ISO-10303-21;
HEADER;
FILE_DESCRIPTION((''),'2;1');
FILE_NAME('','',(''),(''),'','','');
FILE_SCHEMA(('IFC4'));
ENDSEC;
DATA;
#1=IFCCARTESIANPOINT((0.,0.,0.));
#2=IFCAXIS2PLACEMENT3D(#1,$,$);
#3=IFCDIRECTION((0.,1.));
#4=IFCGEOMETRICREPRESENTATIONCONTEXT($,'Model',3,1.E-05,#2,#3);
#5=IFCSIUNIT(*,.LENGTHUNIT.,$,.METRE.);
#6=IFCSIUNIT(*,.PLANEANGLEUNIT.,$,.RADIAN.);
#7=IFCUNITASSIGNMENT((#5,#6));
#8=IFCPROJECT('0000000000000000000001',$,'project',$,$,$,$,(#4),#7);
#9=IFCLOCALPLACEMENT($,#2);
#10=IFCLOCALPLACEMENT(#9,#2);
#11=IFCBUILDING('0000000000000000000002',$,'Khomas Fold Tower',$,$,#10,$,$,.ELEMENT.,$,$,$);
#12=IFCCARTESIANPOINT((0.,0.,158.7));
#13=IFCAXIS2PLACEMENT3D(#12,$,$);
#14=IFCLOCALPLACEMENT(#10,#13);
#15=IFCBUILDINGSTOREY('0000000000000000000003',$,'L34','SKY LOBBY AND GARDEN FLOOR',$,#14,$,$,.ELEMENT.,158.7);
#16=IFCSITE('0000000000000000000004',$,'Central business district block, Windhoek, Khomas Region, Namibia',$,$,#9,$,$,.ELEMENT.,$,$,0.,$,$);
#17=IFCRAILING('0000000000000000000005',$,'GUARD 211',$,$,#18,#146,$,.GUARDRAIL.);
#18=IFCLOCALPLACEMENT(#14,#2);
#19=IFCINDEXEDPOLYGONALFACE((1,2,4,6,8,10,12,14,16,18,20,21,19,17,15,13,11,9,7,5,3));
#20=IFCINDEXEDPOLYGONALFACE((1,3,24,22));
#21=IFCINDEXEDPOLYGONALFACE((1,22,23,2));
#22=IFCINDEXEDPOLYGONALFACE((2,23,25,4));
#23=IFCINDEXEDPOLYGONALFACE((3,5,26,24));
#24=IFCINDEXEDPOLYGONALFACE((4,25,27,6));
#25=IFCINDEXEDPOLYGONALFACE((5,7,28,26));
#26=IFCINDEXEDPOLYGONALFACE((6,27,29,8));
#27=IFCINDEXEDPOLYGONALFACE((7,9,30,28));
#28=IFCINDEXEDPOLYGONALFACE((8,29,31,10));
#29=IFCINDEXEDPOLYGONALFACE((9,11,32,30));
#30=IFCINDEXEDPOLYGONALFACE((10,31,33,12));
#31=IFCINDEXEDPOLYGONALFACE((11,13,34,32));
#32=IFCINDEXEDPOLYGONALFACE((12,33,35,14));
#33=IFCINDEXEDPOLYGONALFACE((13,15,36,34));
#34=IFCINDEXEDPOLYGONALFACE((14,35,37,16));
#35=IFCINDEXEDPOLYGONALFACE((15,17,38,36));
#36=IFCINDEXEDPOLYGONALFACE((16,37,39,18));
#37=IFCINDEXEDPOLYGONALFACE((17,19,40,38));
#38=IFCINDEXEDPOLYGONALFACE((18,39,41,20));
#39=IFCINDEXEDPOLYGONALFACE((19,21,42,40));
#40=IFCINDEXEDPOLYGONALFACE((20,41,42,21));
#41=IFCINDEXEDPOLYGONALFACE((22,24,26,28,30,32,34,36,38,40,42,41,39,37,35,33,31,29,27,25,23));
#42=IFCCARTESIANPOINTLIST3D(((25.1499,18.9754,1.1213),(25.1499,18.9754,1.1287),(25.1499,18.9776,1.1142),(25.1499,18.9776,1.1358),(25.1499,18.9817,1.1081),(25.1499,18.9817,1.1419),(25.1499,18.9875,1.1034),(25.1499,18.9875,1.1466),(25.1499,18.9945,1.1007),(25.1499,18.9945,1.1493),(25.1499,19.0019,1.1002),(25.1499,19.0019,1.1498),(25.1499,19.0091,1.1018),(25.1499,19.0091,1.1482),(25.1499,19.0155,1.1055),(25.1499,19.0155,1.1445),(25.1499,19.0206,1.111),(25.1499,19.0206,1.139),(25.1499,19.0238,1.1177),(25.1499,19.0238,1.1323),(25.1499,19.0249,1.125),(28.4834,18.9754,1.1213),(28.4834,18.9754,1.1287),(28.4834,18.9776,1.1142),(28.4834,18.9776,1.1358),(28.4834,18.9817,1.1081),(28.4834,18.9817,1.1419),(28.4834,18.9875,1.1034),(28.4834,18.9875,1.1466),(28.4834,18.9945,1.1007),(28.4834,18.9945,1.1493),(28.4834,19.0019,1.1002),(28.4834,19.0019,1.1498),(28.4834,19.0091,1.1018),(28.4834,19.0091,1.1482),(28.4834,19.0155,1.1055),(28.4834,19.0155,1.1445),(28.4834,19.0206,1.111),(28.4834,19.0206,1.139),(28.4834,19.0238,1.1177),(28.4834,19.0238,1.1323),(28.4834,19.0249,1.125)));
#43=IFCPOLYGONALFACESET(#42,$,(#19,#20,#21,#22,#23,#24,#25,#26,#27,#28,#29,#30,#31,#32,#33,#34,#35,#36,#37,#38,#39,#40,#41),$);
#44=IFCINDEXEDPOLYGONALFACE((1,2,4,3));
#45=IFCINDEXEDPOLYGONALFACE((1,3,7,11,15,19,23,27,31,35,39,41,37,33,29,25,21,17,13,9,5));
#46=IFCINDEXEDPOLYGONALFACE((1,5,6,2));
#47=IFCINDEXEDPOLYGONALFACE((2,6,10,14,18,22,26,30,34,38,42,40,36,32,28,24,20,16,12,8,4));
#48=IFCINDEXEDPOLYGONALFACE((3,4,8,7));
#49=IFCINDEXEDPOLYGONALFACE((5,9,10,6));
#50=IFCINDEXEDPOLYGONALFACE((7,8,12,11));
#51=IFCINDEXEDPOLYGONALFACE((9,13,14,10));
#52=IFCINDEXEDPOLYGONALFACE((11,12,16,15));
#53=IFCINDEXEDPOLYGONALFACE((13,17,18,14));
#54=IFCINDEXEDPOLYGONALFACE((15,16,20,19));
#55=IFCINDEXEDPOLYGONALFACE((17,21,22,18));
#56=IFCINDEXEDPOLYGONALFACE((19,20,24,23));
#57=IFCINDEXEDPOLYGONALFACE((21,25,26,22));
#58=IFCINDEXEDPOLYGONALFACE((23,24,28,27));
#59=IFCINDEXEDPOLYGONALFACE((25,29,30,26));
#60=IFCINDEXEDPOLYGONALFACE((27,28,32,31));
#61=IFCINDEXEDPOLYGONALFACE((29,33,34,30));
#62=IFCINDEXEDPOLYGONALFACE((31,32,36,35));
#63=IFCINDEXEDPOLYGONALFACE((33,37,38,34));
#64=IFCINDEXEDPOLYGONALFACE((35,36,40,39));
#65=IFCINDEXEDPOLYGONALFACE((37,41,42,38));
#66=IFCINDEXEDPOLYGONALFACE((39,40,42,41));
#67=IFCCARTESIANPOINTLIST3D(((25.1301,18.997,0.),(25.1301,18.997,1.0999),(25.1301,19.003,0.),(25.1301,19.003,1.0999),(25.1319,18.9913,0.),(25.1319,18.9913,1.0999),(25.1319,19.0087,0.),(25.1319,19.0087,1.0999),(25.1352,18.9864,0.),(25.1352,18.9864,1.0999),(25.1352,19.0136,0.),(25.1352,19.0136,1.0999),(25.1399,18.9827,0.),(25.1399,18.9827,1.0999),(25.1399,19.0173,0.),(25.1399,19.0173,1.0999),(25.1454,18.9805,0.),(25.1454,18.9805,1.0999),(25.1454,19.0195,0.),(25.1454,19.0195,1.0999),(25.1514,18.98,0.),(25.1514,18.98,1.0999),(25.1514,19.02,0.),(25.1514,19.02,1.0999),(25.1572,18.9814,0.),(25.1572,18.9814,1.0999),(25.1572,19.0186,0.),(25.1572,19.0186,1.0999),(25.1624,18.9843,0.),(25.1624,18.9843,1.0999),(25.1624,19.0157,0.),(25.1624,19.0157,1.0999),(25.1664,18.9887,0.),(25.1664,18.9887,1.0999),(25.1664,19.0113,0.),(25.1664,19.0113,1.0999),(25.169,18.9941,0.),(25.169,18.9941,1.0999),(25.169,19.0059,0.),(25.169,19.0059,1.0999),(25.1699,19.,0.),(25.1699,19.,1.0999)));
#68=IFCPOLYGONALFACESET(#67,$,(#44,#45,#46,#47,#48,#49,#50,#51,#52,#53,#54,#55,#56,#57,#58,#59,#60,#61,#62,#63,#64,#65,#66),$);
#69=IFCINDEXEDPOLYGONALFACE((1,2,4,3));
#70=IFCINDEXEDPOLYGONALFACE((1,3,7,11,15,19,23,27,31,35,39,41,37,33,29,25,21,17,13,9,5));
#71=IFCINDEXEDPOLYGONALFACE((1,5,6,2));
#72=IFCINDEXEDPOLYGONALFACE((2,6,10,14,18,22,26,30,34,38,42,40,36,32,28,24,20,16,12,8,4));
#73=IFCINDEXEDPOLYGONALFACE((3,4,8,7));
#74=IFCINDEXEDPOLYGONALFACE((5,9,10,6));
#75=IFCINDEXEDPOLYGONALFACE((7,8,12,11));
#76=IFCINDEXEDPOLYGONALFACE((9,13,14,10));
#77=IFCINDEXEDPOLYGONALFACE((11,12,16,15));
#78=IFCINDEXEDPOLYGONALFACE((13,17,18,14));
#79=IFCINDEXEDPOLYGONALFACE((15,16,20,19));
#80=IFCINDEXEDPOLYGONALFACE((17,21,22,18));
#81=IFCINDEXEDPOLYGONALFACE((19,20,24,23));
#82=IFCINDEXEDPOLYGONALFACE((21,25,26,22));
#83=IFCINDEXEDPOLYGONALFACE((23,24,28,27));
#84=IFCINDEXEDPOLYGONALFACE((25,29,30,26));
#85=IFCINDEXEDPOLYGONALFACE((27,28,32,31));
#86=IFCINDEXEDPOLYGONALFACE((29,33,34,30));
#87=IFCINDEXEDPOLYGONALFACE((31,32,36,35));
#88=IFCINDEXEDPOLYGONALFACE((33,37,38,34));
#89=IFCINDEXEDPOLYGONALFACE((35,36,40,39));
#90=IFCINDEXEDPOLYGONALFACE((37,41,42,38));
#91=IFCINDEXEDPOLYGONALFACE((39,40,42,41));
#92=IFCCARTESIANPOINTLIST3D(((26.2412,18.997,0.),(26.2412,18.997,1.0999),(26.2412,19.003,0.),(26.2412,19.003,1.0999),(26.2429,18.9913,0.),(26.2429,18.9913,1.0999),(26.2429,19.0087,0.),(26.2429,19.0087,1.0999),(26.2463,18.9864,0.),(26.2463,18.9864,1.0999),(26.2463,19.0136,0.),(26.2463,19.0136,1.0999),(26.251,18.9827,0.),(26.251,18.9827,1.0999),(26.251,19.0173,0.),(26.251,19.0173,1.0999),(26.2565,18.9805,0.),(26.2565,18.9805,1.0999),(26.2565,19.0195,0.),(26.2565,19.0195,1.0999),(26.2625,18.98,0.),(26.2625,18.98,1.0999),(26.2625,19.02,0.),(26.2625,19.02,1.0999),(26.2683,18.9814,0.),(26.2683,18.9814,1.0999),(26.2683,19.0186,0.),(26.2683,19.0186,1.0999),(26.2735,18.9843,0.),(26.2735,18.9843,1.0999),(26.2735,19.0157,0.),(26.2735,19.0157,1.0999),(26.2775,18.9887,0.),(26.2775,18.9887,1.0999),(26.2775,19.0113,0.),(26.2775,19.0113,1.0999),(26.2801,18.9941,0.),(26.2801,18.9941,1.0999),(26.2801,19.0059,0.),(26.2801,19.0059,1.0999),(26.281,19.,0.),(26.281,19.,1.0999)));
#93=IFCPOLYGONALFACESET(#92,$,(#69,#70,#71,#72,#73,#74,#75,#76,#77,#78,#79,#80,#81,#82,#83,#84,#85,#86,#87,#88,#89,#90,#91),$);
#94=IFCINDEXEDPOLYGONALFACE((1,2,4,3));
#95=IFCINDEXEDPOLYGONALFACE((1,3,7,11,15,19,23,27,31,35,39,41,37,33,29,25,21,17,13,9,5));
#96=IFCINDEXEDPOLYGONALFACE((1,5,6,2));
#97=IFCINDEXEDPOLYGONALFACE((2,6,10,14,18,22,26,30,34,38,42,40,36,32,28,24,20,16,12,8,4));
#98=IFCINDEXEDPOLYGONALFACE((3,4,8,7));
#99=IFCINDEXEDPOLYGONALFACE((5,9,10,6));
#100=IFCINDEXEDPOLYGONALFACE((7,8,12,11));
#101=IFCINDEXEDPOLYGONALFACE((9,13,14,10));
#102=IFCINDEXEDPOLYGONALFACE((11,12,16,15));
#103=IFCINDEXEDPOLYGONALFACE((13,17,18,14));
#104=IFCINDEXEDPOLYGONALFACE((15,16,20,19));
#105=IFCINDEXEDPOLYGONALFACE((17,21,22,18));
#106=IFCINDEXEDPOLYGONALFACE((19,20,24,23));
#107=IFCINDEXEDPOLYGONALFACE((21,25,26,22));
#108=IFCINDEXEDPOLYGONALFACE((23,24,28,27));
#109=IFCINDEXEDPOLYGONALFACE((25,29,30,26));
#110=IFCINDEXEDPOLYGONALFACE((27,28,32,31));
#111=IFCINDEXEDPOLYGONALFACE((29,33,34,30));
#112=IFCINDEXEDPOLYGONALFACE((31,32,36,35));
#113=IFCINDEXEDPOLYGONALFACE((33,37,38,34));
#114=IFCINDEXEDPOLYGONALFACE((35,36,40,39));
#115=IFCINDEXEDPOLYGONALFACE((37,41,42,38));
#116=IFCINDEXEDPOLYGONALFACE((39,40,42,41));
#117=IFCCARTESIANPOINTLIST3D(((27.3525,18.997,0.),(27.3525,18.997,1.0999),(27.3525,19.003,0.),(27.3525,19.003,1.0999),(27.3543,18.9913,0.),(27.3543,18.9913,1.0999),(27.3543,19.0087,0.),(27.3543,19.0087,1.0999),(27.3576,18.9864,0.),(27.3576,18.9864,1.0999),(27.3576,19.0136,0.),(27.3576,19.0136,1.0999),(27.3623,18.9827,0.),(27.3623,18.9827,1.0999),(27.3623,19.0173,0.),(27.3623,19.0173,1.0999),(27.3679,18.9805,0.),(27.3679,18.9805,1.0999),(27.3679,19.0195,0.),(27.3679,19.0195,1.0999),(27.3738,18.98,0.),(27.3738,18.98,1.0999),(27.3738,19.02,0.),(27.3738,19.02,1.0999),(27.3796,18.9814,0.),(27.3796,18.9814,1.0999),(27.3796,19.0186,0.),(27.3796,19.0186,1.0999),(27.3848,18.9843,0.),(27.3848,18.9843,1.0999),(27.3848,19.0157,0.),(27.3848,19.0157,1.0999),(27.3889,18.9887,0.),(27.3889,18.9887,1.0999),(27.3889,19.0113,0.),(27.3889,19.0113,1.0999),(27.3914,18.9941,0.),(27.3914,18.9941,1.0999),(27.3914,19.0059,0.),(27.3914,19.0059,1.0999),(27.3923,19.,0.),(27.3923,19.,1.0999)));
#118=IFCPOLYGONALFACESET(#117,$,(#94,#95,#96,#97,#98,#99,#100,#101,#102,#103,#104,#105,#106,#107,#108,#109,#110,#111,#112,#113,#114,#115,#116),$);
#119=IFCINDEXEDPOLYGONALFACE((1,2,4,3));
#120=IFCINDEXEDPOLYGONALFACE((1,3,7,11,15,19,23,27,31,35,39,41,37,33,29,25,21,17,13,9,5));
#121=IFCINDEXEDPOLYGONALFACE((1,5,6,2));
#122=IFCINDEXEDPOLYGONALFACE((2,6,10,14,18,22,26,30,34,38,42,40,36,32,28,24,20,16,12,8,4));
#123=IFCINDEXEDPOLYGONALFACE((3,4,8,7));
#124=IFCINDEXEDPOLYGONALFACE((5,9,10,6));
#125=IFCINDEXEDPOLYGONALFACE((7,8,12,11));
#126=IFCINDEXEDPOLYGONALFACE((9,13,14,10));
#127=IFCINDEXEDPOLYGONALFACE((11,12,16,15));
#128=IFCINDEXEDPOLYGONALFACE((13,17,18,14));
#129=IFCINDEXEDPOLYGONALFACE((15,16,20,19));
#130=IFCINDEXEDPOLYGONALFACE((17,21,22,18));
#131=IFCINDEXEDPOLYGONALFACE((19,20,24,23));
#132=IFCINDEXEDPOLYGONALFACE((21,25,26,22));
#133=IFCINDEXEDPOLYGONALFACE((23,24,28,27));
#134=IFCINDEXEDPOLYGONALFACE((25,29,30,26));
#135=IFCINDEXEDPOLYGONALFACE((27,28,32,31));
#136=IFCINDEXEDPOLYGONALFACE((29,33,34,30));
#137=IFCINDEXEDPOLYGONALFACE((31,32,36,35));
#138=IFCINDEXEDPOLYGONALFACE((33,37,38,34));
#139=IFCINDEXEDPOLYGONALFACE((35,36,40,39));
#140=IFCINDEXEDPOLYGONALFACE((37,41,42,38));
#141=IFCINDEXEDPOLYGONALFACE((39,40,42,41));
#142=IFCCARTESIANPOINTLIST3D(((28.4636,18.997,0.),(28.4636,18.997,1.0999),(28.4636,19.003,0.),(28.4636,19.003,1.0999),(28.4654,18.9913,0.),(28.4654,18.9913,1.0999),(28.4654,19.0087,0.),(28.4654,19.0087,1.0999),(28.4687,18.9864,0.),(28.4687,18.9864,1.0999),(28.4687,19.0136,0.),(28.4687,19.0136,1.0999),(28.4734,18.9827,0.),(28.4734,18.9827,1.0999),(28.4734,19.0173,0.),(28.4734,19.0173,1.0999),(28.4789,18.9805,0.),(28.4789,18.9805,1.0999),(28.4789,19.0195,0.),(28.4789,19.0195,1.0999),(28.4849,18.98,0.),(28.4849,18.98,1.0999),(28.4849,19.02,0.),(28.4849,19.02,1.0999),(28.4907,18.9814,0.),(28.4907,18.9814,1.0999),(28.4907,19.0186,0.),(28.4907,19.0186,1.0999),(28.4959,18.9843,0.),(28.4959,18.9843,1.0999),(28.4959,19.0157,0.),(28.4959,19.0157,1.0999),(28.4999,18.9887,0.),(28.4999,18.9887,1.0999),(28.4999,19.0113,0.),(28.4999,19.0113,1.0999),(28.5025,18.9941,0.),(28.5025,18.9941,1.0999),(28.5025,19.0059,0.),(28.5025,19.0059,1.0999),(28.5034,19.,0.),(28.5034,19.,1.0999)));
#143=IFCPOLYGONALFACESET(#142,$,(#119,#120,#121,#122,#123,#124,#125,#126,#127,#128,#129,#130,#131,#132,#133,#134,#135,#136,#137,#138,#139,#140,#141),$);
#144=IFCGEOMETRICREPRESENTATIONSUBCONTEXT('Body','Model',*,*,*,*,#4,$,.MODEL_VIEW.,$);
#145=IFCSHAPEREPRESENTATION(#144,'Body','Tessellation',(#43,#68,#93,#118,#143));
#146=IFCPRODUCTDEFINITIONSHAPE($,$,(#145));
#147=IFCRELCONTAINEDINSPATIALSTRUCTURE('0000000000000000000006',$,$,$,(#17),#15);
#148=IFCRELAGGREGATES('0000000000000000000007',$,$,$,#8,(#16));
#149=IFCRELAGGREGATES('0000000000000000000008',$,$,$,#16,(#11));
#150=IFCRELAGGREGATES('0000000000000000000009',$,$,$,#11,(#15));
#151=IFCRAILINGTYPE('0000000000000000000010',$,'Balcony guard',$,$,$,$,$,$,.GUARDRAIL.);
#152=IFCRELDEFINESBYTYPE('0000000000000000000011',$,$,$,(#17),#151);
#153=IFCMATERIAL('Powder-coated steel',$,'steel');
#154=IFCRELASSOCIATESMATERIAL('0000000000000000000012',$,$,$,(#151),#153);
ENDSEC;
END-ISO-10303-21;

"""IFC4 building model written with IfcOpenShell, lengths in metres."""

from ifc_helpers import new_model, si_unit, direction, frame, origin, origin_2d, place, context, subcontext, project, spatial, circle, extrude, source, transform, mapped, material, type_object, element, save


model = new_model("IFC4")

# Units and contexts
model_context = context("Model", 3, precision=1e-05, world=origin(), true_north=direction((0.0, 1.0)))
body_context = subcontext(model_context, "Body", "Model", "MODEL_VIEW")
ifc_project = project(units=[si_unit("LENGTHUNIT", "METRE"), si_unit("PLANEANGLEUNIT", "RADIAN")], contexts=[model_context])

# Site, building, storey
site_placement = place(None, origin())
site = spatial("IfcSite", under=ifc_project, at=site_placement, Name="Central business district block, Windhoek, Khomas Region, Namibia", CompositionType="ELEMENT", RefElevation=0.0)
building_placement = place(site_placement, origin())
building = spatial("IfcBuilding", under=site, at=building_placement, Name="Khomas Fold Tower", CompositionType="ELEMENT")
storey_placement = place(building_placement, frame((0.0, 0.0, 158.7)))
storey = spatial("IfcBuildingStorey", under=building, at=storey_placement, Name="L34", Description="SKY LOBBY AND GARDEN FLOOR", CompositionType="ELEMENT", Elevation=158.7)

# Railing
ifc_material_1 = material(Name="Powder-coated steel", Category="steel")
railing_type = type_object("IfcRailingType", Name="Balcony guard", PredefinedType="GUARDRAIL", material=ifc_material_1)
shared_shape_1 = source(origin(), body_context, "Body", "SweptSolid", [
    extrude(circle(Radius=0.0249, at=origin_2d()), frame((0.0, 0.0, 1.125), z_axis=(1.0, 0.0, 0.0), x_axis=(0.0, 1.0, 0.0)), (0.0, 0.0, 1.0), 3.3335),
    extrude(circle(Radius=0.02, at=origin_2d()), origin(), (0.0, 0.0, 1.0), 1.0999),
    extrude(circle(Radius=0.02, at=origin_2d()), frame((1.1111, 0.0, 0.0)), (0.0, 0.0, 1.0), 1.0999),
    extrude(circle(Radius=0.02, at=origin_2d()), frame((2.2224, 0.0, 0.0)), (0.0, 0.0, 1.0), 1.0999),
    extrude(circle(Radius=0.02, at=origin_2d()), frame((3.3335, 0.0, 0.0)), (0.0, 0.0, 1.0), 1.0999),
])
railing_1_placement = place(storey_placement, frame((25.1499, 19.0, 0.0)))
element("IfcRailing", 1, at=railing_1_placement, inside=storey, type_object=railing_type, Name="GUARD 211", PredefinedType="GUARDRAIL", context=body_context, shape_type="MappedRepresentation", body=[
    mapped(shared_shape_1, transform((0.0, 0.0, 0.0))),
])

save(model, "model.ifc")
